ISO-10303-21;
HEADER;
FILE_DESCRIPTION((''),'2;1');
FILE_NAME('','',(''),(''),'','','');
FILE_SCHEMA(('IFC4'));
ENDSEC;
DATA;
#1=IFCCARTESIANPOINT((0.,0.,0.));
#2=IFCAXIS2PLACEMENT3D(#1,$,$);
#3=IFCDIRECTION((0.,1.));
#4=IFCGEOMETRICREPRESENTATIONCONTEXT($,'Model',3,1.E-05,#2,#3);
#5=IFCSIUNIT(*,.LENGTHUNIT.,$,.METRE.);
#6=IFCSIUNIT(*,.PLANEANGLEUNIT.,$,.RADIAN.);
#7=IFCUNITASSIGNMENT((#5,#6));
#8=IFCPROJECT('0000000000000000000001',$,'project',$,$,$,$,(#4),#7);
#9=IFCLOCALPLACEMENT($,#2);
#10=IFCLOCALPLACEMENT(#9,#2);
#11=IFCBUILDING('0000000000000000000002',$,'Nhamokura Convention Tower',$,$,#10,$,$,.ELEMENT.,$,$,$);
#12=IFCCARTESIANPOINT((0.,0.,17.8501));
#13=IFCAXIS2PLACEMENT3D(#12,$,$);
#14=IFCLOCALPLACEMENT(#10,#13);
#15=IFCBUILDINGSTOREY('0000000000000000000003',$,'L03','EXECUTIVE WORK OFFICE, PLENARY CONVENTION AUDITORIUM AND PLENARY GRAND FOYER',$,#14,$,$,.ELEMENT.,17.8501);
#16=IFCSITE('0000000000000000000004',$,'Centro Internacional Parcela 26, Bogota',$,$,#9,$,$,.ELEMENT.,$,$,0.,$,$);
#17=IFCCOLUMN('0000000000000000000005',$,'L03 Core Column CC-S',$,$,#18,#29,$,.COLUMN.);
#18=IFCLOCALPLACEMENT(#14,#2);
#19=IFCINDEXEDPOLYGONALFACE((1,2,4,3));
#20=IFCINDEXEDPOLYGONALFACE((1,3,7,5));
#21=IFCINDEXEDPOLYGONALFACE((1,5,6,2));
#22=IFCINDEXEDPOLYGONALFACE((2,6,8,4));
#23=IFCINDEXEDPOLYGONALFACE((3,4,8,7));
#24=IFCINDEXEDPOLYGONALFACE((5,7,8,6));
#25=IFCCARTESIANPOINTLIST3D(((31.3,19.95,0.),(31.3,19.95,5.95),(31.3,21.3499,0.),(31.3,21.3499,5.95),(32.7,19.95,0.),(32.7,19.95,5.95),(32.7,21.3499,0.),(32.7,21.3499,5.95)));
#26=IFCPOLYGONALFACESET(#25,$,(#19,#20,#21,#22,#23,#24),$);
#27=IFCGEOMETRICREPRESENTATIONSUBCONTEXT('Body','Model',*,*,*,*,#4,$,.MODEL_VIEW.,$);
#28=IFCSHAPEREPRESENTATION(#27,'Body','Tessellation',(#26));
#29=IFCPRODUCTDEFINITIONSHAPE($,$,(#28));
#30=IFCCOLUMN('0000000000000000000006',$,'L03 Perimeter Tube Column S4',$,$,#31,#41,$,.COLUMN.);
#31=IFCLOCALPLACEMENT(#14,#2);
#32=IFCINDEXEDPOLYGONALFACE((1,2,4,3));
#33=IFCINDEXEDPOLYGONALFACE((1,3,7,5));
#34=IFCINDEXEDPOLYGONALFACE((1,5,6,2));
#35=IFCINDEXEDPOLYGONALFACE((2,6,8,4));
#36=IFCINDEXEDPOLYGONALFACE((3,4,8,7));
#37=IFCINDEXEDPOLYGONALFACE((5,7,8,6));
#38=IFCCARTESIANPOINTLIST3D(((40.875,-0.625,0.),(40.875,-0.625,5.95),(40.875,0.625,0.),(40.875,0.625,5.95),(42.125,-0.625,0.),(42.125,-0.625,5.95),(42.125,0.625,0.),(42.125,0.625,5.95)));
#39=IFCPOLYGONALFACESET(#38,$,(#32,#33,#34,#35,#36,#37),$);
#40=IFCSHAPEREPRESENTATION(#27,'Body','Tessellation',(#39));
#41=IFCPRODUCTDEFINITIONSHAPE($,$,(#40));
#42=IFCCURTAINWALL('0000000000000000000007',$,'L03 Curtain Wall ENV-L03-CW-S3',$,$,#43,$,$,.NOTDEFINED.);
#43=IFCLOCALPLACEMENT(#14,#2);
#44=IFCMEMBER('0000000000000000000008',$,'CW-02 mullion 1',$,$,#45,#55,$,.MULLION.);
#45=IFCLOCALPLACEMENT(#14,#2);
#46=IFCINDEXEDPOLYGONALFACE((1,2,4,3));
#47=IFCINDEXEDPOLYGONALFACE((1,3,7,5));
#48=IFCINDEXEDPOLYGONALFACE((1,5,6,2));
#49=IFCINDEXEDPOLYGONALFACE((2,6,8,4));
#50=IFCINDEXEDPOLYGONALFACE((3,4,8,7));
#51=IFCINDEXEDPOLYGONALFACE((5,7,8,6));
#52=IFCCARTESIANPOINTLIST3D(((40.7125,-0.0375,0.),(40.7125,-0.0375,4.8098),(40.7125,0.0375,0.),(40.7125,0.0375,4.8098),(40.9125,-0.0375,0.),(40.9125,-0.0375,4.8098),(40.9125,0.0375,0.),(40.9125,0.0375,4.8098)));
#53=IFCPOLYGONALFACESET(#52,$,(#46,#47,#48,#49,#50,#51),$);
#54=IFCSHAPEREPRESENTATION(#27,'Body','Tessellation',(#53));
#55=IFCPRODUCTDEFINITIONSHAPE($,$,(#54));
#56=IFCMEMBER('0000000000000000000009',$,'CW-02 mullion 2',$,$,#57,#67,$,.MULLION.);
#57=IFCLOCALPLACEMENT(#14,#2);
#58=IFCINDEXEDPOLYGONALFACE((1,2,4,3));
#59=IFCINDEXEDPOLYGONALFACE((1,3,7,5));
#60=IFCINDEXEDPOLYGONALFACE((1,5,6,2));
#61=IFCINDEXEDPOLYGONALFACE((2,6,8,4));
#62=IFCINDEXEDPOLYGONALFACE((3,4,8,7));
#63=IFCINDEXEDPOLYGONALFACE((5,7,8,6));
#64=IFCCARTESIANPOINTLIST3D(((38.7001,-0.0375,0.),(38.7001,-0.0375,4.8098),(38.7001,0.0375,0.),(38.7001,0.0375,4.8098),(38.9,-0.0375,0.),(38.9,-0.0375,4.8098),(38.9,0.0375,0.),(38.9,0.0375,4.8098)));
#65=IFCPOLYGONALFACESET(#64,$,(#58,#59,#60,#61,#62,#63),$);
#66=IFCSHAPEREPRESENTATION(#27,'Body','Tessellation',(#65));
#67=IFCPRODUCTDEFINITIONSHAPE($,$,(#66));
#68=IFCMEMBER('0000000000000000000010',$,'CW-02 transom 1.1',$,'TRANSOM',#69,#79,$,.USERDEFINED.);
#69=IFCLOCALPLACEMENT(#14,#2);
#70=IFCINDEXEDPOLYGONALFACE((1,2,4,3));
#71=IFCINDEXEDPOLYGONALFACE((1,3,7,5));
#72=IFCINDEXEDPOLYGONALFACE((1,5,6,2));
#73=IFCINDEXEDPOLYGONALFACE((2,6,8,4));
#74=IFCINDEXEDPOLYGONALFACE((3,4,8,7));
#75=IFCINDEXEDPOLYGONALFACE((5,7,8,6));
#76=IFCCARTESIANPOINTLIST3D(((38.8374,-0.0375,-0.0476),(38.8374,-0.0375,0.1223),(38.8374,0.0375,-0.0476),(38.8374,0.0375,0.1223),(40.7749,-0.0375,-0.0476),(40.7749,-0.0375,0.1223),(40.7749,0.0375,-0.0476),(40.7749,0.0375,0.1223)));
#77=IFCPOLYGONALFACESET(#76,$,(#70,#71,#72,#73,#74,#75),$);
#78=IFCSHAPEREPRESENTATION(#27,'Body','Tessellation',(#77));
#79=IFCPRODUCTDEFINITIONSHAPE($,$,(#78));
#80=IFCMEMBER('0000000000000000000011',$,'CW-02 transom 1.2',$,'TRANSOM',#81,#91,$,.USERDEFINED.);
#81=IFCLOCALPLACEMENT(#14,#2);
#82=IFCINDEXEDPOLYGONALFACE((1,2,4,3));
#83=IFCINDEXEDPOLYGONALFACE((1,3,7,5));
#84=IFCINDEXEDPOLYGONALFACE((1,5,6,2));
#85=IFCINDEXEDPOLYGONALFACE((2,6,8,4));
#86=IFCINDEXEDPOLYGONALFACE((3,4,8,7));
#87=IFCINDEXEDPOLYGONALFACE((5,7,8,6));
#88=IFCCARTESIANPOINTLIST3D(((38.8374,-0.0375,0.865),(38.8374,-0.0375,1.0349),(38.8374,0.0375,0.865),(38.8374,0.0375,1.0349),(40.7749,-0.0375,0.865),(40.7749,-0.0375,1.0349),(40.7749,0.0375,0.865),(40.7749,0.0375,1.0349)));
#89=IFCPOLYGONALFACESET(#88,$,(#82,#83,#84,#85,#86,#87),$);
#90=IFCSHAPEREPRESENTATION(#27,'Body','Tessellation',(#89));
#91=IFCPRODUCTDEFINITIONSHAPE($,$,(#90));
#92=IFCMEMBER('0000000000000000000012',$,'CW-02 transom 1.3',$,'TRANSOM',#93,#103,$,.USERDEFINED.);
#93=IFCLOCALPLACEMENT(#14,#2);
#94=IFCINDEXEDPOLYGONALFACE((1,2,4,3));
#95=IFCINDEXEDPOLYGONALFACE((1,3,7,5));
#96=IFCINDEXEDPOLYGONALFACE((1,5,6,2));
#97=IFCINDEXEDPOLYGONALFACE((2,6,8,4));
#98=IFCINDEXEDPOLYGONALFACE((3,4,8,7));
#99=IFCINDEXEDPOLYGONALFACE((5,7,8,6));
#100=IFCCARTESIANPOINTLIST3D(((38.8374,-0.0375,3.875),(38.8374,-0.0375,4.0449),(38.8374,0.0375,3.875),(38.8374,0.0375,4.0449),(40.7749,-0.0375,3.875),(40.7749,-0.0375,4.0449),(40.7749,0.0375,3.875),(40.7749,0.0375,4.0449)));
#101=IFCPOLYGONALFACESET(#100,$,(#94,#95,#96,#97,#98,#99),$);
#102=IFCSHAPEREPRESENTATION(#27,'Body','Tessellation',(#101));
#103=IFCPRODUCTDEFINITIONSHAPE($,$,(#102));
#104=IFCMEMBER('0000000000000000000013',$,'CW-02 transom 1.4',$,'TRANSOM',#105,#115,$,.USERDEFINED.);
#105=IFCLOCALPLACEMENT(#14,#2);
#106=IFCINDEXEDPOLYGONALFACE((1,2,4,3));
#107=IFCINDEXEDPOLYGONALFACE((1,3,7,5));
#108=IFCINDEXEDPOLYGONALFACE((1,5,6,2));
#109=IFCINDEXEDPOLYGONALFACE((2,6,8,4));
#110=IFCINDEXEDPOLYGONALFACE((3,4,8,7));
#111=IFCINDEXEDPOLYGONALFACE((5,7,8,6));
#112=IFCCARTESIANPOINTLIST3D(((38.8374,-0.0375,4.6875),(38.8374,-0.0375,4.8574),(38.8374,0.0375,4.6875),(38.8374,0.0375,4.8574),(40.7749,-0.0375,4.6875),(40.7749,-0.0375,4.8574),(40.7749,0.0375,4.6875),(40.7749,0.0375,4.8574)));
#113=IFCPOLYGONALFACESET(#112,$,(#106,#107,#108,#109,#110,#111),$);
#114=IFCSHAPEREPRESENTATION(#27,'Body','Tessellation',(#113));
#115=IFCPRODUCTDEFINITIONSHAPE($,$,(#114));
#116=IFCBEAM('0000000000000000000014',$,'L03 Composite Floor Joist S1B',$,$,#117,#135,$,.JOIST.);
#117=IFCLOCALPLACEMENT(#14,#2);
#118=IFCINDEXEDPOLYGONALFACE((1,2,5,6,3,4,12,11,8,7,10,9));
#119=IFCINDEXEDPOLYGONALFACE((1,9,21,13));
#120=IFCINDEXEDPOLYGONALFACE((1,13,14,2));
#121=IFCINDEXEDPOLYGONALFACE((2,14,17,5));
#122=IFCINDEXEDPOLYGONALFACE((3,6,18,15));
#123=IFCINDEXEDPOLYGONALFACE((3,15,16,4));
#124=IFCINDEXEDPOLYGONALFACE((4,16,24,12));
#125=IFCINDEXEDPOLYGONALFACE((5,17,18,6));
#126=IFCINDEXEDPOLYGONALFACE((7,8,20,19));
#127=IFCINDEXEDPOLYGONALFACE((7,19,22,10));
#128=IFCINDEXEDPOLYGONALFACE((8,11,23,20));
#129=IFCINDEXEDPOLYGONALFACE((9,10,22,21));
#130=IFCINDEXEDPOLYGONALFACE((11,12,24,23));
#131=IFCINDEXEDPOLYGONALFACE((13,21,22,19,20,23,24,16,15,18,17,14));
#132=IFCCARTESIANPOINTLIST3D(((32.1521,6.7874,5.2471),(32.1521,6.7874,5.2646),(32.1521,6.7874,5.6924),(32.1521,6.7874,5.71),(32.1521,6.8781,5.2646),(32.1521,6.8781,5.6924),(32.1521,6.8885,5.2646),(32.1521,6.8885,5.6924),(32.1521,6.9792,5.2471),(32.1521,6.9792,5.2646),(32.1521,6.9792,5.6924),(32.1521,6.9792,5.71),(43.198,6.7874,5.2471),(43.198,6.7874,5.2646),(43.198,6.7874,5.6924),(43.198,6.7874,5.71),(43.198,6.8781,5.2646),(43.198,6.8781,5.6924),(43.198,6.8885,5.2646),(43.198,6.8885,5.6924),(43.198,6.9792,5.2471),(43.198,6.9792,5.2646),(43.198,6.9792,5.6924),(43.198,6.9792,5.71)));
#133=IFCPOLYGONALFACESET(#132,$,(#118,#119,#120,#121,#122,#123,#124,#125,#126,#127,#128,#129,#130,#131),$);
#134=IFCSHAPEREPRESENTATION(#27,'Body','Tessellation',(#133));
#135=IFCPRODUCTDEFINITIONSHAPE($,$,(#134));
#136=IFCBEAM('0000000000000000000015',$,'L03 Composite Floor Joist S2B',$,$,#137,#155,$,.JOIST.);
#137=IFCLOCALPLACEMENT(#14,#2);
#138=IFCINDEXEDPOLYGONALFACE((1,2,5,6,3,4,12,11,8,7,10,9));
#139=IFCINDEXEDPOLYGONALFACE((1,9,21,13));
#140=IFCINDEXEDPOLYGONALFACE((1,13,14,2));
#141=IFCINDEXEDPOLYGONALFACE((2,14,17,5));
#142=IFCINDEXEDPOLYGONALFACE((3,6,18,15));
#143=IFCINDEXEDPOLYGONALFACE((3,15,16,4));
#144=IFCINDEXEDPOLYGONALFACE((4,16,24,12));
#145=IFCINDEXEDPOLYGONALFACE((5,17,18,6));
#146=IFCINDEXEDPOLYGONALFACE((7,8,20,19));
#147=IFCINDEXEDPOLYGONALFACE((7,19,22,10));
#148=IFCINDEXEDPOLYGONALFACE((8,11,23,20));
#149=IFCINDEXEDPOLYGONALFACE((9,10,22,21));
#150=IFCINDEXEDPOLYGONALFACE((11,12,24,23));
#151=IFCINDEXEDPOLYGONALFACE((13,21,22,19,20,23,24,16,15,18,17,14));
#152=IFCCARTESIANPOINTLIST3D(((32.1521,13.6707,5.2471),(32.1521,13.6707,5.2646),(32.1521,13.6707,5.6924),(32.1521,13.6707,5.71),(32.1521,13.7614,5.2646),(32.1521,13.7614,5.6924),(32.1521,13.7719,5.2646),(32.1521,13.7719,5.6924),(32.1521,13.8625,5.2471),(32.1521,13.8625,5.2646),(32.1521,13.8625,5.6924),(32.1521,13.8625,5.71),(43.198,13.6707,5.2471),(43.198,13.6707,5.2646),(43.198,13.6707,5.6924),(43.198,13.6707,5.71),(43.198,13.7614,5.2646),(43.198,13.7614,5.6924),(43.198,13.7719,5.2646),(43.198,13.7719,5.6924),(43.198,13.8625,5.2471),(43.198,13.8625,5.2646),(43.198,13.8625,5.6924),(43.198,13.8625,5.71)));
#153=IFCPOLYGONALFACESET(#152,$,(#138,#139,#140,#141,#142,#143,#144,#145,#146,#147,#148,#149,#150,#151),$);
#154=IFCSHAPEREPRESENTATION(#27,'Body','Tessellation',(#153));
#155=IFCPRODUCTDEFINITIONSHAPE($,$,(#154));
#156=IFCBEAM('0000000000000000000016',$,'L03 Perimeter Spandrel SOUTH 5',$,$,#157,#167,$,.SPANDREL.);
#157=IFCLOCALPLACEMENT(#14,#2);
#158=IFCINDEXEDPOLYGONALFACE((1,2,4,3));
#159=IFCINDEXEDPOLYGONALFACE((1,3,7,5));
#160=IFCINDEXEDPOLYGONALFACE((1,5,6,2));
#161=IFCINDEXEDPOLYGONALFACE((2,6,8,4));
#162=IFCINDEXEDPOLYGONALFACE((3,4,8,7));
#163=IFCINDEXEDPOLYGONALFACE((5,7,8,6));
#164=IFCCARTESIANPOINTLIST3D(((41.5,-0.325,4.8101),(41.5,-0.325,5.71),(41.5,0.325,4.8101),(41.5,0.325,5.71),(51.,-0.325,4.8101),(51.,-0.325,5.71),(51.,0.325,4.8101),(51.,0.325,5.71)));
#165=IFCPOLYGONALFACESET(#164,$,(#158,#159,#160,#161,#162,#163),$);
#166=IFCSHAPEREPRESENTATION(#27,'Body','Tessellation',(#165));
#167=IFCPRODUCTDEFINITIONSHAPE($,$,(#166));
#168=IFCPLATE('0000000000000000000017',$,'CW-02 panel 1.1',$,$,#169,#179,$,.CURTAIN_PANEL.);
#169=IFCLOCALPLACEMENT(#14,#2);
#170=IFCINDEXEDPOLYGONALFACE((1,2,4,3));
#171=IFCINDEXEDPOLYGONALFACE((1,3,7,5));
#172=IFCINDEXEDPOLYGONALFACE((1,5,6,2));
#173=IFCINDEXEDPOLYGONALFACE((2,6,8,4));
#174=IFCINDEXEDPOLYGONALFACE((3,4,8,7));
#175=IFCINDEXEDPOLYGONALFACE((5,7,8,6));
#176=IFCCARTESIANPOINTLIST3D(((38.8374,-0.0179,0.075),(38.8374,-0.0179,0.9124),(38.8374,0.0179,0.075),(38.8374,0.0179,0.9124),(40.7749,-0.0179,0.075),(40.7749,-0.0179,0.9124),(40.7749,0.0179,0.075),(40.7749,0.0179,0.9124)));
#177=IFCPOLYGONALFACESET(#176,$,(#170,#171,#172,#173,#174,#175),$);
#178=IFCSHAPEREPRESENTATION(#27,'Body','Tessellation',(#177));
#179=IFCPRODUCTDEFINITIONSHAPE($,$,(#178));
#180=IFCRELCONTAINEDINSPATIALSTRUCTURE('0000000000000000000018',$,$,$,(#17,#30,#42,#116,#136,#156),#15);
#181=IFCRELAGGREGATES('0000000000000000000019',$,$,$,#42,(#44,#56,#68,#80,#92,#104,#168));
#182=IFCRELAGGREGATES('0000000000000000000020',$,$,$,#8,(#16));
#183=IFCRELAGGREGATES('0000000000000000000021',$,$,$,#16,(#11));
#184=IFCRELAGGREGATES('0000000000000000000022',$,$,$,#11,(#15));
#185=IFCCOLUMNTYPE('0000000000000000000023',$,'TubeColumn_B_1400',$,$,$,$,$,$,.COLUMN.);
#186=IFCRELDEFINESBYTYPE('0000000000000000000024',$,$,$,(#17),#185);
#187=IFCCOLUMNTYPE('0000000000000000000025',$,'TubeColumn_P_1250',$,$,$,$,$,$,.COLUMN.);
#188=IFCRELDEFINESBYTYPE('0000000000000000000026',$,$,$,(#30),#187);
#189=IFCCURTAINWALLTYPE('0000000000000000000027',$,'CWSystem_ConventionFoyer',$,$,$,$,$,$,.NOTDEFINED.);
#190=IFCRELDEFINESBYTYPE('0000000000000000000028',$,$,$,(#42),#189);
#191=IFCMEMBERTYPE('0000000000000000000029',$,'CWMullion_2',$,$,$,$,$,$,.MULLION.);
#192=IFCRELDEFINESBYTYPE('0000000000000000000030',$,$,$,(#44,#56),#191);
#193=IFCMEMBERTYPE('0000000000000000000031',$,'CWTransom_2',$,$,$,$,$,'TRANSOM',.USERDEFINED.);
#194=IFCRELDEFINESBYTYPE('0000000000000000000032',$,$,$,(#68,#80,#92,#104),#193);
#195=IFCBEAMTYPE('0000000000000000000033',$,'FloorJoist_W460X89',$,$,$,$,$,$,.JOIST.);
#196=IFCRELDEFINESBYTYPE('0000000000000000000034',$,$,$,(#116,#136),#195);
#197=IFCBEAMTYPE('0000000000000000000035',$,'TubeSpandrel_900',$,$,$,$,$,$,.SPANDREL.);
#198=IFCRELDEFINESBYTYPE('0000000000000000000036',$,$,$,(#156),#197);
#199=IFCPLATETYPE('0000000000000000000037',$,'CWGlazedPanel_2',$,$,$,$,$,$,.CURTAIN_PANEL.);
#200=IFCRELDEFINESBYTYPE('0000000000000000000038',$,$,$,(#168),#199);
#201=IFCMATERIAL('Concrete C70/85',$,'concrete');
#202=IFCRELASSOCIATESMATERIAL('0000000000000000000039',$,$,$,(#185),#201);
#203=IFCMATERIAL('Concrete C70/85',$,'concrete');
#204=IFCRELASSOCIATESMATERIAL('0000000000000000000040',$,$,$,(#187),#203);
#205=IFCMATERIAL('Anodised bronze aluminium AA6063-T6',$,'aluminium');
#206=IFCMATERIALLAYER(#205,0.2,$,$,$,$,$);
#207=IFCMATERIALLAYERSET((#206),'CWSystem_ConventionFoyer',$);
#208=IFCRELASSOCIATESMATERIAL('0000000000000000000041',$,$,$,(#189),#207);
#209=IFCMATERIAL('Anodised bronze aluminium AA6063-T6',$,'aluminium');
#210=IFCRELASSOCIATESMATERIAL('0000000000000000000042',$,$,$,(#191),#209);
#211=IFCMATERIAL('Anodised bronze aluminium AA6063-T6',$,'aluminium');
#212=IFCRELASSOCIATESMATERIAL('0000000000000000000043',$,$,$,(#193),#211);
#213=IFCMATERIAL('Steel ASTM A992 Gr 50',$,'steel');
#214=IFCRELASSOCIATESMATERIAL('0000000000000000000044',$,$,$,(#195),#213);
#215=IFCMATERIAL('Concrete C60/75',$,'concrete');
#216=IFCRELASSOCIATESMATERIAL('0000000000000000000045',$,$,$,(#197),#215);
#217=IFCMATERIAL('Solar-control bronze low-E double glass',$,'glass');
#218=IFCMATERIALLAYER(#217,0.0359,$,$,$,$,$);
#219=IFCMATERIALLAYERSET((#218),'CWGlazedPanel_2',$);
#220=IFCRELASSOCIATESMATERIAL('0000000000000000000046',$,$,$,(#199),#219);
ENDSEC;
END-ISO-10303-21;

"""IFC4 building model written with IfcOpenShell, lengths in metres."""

from ifc_helpers import new_model, si_unit, direction, frame, origin, origin_2d, place, context, subcontext, project, spatial, rectangle, i_section, extrude, material, layer, layer_set, material_profile, profile_set, type_object, element, aggregate, save


model = new_model("IFC4")

# Units and contexts
model_context = context("Model", 3, precision=1e-05, world=origin(), true_north=direction((0.0, 1.0)))
body_context = subcontext(model_context, "Body", "Model", "MODEL_VIEW")
ifc_project = project(units=[si_unit("LENGTHUNIT", "METRE"), si_unit("PLANEANGLEUNIT", "RADIAN")], contexts=[model_context])

# Site, building, storey
site_placement = place(None, origin())
site = spatial("IfcSite", under=ifc_project, at=site_placement, Name="Centro Internacional Parcela 26, Bogota", CompositionType="ELEMENT", RefElevation=0.0)
building_placement = place(site_placement, origin())
building = spatial("IfcBuilding", under=site, at=building_placement, Name="Nhamokura Convention Tower", CompositionType="ELEMENT")
storey_placement = place(building_placement, frame((0.0, 0.0, 17.8501)))
storey = spatial("IfcBuildingStorey", under=building, at=storey_placement, Name="L03", Description="EXECUTIVE WORK OFFICE, PLENARY CONVENTION AUDITORIUM AND PLENARY GRAND FOYER", CompositionType="ELEMENT", Elevation=17.8501)

# Columns
ifc_material_1 = material(Name="Concrete C70/85", Category="concrete")
ifc_material_profile_1 = material_profile(ifc_material_1, rectangle(XDim=1.3999, YDim=1.3999, at=origin_2d()))
ifc_profile_set_1 = profile_set([ifc_material_profile_1], Name="Concrete C70/85")
column_type_1 = type_object("IfcColumnType", Name="TubeColumn_B_1400", PredefinedType="COLUMN", material=ifc_profile_set_1)
column_1_placement = place(storey_placement, frame((32.0, 20.6499, 0.0), z_axis=(0.0, 0.0, 1.0), x_axis=(1.0, 0.0, 0.0)))
element("IfcColumn", 1, at=column_1_placement, inside=storey, type_object=column_type_1, Name="L03 Core Column CC-S", PredefinedType="COLUMN", context=body_context, shape_type="SweptSolid", body=[
    extrude(rectangle(XDim=1.3999, YDim=1.3999, at=origin_2d()), origin(), (0.0, 0.0, 1.0), 5.95),
])
ifc_material_2 = material(Name="Concrete C70/85", Category="concrete")
ifc_material_profile_2 = material_profile(ifc_material_2, rectangle(XDim=1.25, YDim=1.25, at=origin_2d()))
ifc_profile_set_2 = profile_set([ifc_material_profile_2], Name="Concrete C70/85")
column_type_2 = type_object("IfcColumnType", Name="TubeColumn_P_1250", PredefinedType="COLUMN", material=ifc_profile_set_2)
column_2_placement = place(storey_placement, frame((41.5, 0.0, 0.0), z_axis=(0.0, 0.0, 1.0), x_axis=(1.0, 0.0, 0.0)))
element("IfcColumn", 2, at=column_2_placement, inside=storey, type_object=column_type_2, Name="L03 Perimeter Tube Column S4", PredefinedType="COLUMN", context=body_context, shape_type="SweptSolid", body=[
    extrude(rectangle(XDim=1.25, YDim=1.25, at=origin_2d()), origin(), (0.0, 0.0, 1.0), 5.95),
])

# Curtain wall, members
ifc_material_3 = material(Name="Anodised bronze aluminium AA6063-T6", Category="aluminium")
ifc_layer_1 = layer(ifc_material_3, 0.2)
ifc_layer_set_1 = layer_set([ifc_layer_1], Name="CWSystem_ConventionFoyer")
curtain_wall_type = type_object("IfcCurtainWallType", Name="CWSystem_ConventionFoyer", PredefinedType="NOTDEFINED", material=ifc_layer_set_1)
curtain_wall_placement = place(storey_placement, origin())
curtain_wall = element("IfcCurtainWall", 3, at=curtain_wall_placement, inside=storey, type_object=curtain_wall_type, Name="L03 Curtain Wall ENV-L03-CW-S3", PredefinedType="NOTDEFINED")
ifc_material_4 = material(Name="Anodised bronze aluminium AA6063-T6", Category="aluminium")
ifc_material_profile_3 = material_profile(ifc_material_4, rectangle(XDim=0.075, YDim=0.2, at=origin_2d()))
ifc_profile_set_3 = profile_set([ifc_material_profile_3], Name="Anodised bronze aluminium AA6063-T6")
member_type_1 = type_object("IfcMemberType", Name="CWMullion_2", PredefinedType="MULLION", material=ifc_profile_set_3)
member_1_placement = place(storey_placement, frame((40.8125, 0.0, 0.0), z_axis=(0.0, 0.0, 1.0), x_axis=(0.0, -1.0, 0.0)))
member_1 = element("IfcMember", 4, at=member_1_placement, type_object=member_type_1, Name="CW-02 mullion 1", PredefinedType="MULLION", context=body_context, shape_type="SweptSolid", body=[
    extrude(rectangle(XDim=0.075, YDim=0.2, at=origin_2d()), origin(), (0.0, 0.0, 1.0), 4.8098),
])
member_2_placement = place(storey_placement, frame((38.8, 0.0, 0.0), z_axis=(0.0, 0.0, 1.0), x_axis=(0.0, -1.0, 0.0)))
member_2 = element("IfcMember", 5, at=member_2_placement, type_object=member_type_1, Name="CW-02 mullion 2", PredefinedType="MULLION", context=body_context, shape_type="SweptSolid", body=[
    extrude(rectangle(XDim=0.075, YDim=0.2, at=origin_2d()), origin(), (0.0, 0.0, 1.0), 4.8098),
])
ifc_material_5 = material(Name="Anodised bronze aluminium AA6063-T6", Category="aluminium")
ifc_material_profile_4 = material_profile(ifc_material_5, rectangle(XDim=0.075, YDim=0.1699, at=origin_2d()))
ifc_profile_set_4 = profile_set([ifc_material_profile_4], Name="Anodised bronze aluminium AA6063-T6")
member_type_2 = type_object("IfcMemberType", Name="CWTransom_2", ElementType="TRANSOM", PredefinedType="USERDEFINED", material=ifc_profile_set_4)
member_3_placement = place(storey_placement, frame((40.7749, 0.0, 0.0374), z_axis=(-1.0, 0.0, 0.0), x_axis=(0.0, -1.0, 0.0)))
member_3 = element("IfcMember", 6, at=member_3_placement, type_object=member_type_2, Name="CW-02 transom 1.1", ObjectType="TRANSOM", PredefinedType="USERDEFINED", context=body_context, shape_type="SweptSolid", body=[
    extrude(rectangle(XDim=0.075, YDim=0.1699, at=origin_2d()), origin(), (0.0, 0.0, 1.0), 1.9375),
])
member_4_placement = place(storey_placement, frame((40.7749, 0.0, 0.95), z_axis=(-1.0, 0.0, 0.0), x_axis=(0.0, -1.0, 0.0)))
member_4 = element("IfcMember", 7, at=member_4_placement, type_object=member_type_2, Name="CW-02 transom 1.2", ObjectType="TRANSOM", PredefinedType="USERDEFINED", context=body_context, shape_type="SweptSolid", body=[
    extrude(rectangle(XDim=0.075, YDim=0.1699, at=origin_2d()), origin(), (0.0, 0.0, 1.0), 1.9375),
])
member_5_placement = place(storey_placement, frame((40.7749, 0.0, 3.96), z_axis=(-1.0, 0.0, 0.0), x_axis=(0.0, -1.0, 0.0)))
member_5 = element("IfcMember", 8, at=member_5_placement, type_object=member_type_2, Name="CW-02 transom 1.3", ObjectType="TRANSOM", PredefinedType="USERDEFINED", context=body_context, shape_type="SweptSolid", body=[
    extrude(rectangle(XDim=0.075, YDim=0.1699, at=origin_2d()), origin(), (0.0, 0.0, 1.0), 1.9375),
])
member_6_placement = place(storey_placement, frame((40.7749, 0.0, 4.7725), z_axis=(-1.0, 0.0, 0.0), x_axis=(0.0, -1.0, 0.0)))
member_6 = element("IfcMember", 9, at=member_6_placement, type_object=member_type_2, Name="CW-02 transom 1.4", ObjectType="TRANSOM", PredefinedType="USERDEFINED", context=body_context, shape_type="SweptSolid", body=[
    extrude(rectangle(XDim=0.075, YDim=0.1699, at=origin_2d()), origin(), (0.0, 0.0, 1.0), 1.9375),
])

# Beams
ifc_material_6 = material(Name="Steel ASTM A992 Gr 50", Category="steel")
ifc_material_profile_5 = material_profile(ifc_material_6, i_section(OverallWidth=0.1919, OverallDepth=0.4629, WebThickness=0.0105, FlangeThickness=0.0176, at=origin_2d()))
ifc_profile_set_5 = profile_set([ifc_material_profile_5], Name="Steel ASTM A992 Gr 50")
beam_type_1 = type_object("IfcBeamType", Name="FloorJoist_W460X89", PredefinedType="JOIST", material=ifc_profile_set_5)
for number, where, z_axis, x_axis, name in (
    (10, (32.1521, 6.8833, 5.4785), (1.0, 0.0, 0.0), (0.0, 1.0, 0.0), "L03 Composite Floor Joist S1B"),
    (11, (32.1521, 13.7666, 5.4785), (1.0, 0.0, 0.0), (0.0, 1.0, 0.0), "L03 Composite Floor Joist S2B"),
):
    element("IfcBeam", number, at=place(storey_placement, frame(where, z_axis=z_axis, x_axis=x_axis)), inside=storey, type_object=beam_type_1, Name=name, PredefinedType="JOIST", context=body_context, shape_type="SweptSolid", body=[
        extrude(i_section(OverallWidth=0.1919, OverallDepth=0.4629, WebThickness=0.0105, FlangeThickness=0.0176, at=origin_2d()), origin(), (0.0, 0.0, 1.0), 11.0459),
    ])
ifc_material_7 = material(Name="Concrete C60/75", Category="concrete")
ifc_material_profile_6 = material_profile(ifc_material_7, rectangle(XDim=0.6499, YDim=0.8999, at=origin_2d()))
ifc_profile_set_6 = profile_set([ifc_material_profile_6], Name="Concrete C60/75")
beam_type_2 = type_object("IfcBeamType", Name="TubeSpandrel_900", PredefinedType="SPANDREL", material=ifc_profile_set_6)
beam_placement = place(storey_placement, frame((41.5, 0.0, 5.26), z_axis=(1.0, 0.0, 0.0), x_axis=(0.0, 1.0, 0.0)))
element("IfcBeam", 12, at=beam_placement, inside=storey, type_object=beam_type_2, Name="L03 Perimeter Spandrel SOUTH 5", PredefinedType="SPANDREL", context=body_context, shape_type="SweptSolid", body=[
    extrude(rectangle(XDim=0.6499, YDim=0.8999, at=origin_2d()), origin(), (0.0, 0.0, 1.0), 9.5),
])

# Plate
ifc_material_8 = material(Name="Solar-control bronze low-E double glass", Category="glass")
ifc_layer_2 = layer(ifc_material_8, 0.0359)
ifc_layer_set_2 = layer_set([ifc_layer_2], Name="CWGlazedPanel_2")
plate_type = type_object("IfcPlateType", Name="CWGlazedPanel_2", PredefinedType="CURTAIN_PANEL", material=ifc_layer_set_2)
plate_1_placement = place(storey_placement, frame((39.8062, 0.0, 0.075), z_axis=(0.0, 0.0, 1.0), x_axis=(-1.0, 0.0, 0.0)))
plate_1 = element("IfcPlate", 13, at=plate_1_placement, type_object=plate_type, Name="CW-02 panel 1.1", PredefinedType="CURTAIN_PANEL", context=body_context, shape_type="SweptSolid", body=[
    extrude(rectangle(XDim=1.9375, YDim=0.0359, at=origin_2d()), origin(), (0.0, 0.0, 1.0), 0.8374),
])
aggregate(curtain_wall, [member_1, member_2, member_3, member_4, member_5, member_6, plate_1])

save(model, "model.ifc")
